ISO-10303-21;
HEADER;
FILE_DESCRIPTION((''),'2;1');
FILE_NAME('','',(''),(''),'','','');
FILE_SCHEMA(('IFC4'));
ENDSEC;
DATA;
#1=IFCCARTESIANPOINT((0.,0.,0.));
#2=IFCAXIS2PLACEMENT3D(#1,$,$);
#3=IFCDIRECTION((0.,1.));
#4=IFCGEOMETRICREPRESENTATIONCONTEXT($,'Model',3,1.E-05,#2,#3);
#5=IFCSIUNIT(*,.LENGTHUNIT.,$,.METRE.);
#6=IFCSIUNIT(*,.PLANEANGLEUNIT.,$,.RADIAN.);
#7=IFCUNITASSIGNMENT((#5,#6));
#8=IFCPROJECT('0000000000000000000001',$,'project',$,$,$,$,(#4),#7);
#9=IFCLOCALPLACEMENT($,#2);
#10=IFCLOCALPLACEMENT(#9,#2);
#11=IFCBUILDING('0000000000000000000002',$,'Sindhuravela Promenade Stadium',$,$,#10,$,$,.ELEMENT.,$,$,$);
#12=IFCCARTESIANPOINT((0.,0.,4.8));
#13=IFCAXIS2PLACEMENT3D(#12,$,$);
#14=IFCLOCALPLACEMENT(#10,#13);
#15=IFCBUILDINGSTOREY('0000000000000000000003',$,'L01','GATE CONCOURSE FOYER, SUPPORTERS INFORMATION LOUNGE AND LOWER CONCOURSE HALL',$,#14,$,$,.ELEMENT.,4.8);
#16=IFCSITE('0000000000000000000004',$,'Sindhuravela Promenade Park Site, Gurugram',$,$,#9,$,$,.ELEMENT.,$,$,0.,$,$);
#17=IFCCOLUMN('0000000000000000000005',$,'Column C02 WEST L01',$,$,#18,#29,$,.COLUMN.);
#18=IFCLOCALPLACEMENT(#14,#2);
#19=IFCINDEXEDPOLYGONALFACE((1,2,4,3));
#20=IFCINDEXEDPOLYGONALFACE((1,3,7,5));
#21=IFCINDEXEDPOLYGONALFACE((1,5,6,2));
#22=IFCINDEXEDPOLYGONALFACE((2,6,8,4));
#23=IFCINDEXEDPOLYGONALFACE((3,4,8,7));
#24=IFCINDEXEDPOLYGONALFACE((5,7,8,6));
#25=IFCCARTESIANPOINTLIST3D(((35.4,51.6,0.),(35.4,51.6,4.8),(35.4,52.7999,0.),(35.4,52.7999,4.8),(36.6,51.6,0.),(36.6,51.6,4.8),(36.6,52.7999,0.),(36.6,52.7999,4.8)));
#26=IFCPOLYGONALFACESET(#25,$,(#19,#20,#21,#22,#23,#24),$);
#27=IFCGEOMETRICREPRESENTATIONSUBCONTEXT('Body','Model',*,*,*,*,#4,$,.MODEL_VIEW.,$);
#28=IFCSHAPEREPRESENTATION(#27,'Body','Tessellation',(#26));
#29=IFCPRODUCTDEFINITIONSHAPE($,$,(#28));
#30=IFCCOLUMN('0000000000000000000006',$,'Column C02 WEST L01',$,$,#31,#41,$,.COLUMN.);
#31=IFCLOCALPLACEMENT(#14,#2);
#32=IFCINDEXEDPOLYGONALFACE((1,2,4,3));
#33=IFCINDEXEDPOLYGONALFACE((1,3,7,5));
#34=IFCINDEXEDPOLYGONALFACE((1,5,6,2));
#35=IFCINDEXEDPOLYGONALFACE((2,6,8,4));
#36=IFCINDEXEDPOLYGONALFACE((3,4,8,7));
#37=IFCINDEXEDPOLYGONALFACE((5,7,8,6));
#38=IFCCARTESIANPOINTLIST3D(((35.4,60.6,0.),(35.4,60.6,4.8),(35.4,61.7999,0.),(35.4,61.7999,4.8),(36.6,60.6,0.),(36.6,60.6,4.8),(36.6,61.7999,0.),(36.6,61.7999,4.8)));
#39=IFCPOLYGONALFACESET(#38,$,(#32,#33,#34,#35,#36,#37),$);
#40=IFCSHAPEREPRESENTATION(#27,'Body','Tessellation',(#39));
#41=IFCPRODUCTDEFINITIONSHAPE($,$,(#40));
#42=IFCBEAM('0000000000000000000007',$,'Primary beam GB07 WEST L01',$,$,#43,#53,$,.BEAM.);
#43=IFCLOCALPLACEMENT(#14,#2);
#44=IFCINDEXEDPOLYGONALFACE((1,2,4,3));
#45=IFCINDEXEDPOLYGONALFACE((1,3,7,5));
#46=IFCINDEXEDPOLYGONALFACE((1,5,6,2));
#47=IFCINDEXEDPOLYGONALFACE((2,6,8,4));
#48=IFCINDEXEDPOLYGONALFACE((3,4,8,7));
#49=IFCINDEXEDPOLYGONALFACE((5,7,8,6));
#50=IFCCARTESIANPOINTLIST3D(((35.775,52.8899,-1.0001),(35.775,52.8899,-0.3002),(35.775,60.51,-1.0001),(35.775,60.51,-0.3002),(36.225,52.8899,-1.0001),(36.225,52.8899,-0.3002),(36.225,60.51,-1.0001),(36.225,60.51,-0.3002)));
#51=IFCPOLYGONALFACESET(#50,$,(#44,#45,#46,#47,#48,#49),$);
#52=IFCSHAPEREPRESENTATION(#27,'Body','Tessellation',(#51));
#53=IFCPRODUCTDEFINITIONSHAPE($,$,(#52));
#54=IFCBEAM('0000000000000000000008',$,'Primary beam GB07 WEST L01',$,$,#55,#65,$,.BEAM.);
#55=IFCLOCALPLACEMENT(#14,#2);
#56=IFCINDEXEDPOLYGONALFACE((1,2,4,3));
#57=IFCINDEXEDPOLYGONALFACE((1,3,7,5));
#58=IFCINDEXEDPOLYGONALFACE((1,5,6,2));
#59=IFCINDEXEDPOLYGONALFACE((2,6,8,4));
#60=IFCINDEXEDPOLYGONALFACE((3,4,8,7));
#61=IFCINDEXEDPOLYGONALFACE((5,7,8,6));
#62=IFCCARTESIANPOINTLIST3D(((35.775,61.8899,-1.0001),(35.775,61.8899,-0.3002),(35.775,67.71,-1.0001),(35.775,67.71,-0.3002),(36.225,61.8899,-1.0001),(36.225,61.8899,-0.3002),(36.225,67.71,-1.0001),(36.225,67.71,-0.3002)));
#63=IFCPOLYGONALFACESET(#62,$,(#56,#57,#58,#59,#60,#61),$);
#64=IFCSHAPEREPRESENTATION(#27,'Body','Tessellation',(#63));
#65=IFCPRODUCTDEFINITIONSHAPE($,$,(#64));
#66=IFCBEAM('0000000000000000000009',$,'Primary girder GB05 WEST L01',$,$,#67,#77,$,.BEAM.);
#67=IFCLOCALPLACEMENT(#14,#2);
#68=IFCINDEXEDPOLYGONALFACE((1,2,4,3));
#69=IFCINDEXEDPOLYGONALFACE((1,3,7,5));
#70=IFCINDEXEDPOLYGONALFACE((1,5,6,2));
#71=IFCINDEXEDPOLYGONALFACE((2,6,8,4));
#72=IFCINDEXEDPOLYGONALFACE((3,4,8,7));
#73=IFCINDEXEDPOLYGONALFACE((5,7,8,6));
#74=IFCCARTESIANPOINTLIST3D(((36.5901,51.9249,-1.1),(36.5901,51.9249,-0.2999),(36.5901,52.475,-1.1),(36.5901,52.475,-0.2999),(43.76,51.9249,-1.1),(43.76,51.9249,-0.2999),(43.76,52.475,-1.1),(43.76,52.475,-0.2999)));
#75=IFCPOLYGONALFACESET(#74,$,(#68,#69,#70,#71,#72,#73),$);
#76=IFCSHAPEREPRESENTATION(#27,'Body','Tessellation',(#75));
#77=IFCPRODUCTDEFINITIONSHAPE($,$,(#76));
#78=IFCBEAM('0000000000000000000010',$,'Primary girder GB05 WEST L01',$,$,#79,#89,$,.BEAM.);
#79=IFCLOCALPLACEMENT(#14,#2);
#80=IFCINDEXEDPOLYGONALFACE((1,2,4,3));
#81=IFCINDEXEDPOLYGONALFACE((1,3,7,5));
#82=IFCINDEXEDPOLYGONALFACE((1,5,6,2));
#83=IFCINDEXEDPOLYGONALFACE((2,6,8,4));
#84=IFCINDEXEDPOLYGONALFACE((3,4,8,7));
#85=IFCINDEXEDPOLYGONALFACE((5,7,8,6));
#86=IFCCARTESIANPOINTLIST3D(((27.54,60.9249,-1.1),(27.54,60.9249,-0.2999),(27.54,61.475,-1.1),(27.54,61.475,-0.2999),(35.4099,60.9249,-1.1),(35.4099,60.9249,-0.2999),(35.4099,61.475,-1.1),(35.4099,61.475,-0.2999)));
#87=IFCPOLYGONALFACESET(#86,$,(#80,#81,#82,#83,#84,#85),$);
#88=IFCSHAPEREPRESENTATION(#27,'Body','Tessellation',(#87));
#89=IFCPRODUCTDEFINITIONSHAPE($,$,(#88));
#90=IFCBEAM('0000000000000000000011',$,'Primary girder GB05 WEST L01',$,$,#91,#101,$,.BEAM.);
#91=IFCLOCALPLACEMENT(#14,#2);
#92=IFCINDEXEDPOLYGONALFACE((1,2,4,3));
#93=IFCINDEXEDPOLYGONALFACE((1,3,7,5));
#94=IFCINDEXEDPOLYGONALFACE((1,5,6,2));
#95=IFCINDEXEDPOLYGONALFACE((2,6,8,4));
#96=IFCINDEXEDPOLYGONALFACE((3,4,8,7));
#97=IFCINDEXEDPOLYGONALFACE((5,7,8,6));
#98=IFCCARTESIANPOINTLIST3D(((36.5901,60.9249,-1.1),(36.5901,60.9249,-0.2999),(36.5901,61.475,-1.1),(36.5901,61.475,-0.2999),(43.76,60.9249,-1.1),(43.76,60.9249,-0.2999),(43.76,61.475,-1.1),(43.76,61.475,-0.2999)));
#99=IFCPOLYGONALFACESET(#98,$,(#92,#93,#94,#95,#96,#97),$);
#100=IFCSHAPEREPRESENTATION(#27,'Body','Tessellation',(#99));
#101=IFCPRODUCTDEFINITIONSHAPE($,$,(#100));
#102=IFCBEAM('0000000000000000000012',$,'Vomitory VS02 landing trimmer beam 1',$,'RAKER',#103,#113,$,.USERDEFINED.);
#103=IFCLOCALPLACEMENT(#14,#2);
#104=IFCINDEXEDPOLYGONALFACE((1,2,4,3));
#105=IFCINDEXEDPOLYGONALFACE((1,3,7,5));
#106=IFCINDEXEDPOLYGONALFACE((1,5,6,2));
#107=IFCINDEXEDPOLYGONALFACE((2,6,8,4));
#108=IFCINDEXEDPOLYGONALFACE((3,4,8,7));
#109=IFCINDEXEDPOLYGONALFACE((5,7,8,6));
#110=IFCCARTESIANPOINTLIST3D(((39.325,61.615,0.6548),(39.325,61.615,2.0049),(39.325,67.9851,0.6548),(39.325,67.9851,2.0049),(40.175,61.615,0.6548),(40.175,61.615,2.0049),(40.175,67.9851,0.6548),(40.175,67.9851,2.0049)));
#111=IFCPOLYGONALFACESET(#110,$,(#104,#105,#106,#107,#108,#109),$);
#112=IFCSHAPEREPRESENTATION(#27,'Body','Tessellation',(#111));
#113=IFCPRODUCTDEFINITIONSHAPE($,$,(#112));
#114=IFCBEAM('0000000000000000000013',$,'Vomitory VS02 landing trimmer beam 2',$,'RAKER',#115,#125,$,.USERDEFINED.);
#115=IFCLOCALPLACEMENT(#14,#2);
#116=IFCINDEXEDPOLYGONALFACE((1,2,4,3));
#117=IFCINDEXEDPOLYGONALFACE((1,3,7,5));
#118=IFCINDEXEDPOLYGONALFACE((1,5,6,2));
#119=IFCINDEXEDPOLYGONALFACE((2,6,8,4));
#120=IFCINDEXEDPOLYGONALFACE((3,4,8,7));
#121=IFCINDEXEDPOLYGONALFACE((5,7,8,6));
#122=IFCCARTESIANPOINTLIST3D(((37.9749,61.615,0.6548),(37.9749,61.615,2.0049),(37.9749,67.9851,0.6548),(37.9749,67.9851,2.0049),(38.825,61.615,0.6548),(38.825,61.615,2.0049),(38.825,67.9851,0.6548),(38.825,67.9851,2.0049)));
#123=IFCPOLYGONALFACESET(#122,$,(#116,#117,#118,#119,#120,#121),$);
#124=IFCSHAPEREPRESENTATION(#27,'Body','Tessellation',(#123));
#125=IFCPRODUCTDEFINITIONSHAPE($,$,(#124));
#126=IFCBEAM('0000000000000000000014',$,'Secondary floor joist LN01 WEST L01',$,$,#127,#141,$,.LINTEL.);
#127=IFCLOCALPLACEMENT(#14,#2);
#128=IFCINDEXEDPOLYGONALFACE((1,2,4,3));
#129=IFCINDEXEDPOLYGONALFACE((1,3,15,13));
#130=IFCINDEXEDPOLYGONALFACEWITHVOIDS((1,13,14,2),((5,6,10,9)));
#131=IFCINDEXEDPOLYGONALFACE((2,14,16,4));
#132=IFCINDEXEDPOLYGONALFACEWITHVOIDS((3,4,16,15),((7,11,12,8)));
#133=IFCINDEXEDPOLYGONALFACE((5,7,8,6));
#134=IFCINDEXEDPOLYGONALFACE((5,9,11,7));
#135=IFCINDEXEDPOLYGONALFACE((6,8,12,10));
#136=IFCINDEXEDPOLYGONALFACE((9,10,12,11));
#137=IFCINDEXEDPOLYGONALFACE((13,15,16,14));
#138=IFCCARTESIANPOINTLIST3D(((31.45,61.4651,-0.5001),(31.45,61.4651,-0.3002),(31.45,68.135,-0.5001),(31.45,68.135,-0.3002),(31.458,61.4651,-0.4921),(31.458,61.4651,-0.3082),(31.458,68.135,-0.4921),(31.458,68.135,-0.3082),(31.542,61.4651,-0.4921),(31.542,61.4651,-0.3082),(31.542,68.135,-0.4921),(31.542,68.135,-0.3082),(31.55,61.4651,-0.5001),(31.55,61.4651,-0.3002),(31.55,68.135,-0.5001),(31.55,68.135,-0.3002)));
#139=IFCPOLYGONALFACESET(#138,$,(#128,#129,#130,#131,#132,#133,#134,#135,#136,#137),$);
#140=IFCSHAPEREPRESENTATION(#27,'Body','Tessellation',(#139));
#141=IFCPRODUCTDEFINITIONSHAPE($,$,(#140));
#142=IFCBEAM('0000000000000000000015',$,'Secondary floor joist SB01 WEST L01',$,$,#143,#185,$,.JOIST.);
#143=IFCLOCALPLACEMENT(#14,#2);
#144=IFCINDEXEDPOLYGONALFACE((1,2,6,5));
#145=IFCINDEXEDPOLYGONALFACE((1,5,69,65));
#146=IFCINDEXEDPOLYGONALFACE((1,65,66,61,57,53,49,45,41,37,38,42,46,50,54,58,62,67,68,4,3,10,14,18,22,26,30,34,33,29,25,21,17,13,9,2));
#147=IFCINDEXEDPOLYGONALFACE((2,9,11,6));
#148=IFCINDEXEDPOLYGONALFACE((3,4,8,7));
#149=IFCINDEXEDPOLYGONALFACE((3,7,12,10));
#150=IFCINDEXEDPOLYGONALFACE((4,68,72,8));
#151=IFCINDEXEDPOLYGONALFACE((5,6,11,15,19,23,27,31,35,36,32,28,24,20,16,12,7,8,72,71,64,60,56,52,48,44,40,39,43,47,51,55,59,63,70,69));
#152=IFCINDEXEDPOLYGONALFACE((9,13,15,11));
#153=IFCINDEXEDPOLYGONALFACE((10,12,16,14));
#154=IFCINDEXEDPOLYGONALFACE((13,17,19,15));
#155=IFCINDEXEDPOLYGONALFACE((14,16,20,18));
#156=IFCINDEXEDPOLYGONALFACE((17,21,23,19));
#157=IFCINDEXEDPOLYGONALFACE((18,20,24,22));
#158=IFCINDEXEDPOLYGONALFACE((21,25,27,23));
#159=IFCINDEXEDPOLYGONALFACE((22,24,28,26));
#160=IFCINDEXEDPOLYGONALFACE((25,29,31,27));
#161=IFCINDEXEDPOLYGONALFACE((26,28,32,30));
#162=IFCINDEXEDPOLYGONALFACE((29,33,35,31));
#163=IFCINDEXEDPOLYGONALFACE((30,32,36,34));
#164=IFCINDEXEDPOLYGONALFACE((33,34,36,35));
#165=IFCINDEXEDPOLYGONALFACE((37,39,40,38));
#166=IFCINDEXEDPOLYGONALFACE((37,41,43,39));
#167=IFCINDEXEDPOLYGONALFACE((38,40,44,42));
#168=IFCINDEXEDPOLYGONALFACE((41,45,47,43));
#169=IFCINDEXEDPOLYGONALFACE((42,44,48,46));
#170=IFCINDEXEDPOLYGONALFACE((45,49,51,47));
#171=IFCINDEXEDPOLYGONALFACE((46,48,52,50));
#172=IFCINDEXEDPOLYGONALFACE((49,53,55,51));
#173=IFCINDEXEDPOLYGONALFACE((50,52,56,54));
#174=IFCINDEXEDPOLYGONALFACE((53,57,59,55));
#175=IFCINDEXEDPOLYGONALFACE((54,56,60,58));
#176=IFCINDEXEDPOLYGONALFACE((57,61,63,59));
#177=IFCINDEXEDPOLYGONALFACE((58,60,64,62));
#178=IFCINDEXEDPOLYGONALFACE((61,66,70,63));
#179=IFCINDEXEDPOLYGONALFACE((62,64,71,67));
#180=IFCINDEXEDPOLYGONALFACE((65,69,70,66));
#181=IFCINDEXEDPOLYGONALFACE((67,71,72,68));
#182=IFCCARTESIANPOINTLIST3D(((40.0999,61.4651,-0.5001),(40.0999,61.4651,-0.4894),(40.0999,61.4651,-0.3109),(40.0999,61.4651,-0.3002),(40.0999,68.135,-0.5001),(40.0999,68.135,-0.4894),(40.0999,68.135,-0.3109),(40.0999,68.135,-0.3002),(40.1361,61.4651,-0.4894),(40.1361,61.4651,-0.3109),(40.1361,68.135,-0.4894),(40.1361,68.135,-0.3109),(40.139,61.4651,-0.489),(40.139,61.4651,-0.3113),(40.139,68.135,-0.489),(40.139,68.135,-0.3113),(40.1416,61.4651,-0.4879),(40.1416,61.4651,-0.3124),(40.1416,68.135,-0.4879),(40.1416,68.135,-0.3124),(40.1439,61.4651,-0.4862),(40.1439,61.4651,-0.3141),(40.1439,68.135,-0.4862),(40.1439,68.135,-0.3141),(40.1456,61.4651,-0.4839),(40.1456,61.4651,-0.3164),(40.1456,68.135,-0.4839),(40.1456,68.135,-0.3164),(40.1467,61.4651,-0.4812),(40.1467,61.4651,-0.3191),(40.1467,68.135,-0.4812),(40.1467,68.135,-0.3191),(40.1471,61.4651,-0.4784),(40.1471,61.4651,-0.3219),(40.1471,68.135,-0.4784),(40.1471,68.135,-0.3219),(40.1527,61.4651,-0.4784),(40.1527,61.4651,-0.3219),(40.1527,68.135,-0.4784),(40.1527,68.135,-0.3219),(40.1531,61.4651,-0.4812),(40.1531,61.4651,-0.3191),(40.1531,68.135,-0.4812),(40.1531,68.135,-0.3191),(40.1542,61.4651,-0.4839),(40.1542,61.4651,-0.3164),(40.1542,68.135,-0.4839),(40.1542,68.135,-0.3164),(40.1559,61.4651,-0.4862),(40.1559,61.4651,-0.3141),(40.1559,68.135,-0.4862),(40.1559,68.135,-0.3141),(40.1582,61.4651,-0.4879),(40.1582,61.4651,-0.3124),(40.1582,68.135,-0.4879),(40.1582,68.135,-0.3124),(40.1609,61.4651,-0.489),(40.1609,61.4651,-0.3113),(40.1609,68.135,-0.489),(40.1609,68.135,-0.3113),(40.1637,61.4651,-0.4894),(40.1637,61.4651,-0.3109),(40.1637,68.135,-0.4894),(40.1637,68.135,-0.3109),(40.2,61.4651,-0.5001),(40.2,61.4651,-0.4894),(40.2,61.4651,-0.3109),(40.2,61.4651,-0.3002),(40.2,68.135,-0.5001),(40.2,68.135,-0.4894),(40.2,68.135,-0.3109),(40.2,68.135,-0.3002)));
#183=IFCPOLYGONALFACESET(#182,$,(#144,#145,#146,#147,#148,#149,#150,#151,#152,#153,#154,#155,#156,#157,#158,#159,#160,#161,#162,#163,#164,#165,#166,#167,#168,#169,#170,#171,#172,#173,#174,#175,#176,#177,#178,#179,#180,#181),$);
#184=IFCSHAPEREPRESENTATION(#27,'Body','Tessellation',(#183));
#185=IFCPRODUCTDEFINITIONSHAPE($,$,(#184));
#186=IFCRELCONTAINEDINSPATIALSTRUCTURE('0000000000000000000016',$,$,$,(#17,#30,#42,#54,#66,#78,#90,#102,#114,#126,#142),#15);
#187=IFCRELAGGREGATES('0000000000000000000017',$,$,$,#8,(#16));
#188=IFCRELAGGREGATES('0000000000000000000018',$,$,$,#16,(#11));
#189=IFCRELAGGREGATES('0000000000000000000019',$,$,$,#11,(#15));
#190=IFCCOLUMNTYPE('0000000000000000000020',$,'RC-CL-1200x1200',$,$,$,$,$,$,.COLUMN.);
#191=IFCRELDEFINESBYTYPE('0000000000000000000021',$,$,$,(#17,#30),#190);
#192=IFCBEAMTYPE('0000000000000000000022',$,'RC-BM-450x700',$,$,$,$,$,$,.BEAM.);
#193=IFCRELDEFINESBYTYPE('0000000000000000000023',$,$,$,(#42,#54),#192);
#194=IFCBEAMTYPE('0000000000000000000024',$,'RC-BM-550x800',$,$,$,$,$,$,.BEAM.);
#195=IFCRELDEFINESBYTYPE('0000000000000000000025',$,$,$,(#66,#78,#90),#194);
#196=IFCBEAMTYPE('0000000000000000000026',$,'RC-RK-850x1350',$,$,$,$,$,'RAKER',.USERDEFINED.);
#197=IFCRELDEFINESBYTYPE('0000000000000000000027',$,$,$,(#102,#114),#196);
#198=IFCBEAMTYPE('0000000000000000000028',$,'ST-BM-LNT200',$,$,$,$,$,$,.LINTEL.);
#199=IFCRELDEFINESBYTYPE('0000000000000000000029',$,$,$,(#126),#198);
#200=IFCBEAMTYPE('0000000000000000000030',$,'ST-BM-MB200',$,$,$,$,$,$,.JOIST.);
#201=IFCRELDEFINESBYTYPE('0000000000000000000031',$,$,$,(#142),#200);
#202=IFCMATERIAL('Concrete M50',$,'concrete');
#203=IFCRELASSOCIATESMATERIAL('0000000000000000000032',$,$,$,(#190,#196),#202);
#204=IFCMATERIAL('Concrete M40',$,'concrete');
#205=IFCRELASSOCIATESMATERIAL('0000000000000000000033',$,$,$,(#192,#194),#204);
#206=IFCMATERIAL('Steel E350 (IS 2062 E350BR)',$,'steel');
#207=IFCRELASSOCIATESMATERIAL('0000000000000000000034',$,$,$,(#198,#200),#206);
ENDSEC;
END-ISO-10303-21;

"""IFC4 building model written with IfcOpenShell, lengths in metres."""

from ifc_helpers import new_model, si_unit, direction, frame, origin, origin_2d, place, context, subcontext, project, spatial, rectangle, hollow_rectangle, i_section, extrude, material, material_profile, profile_set, type_object, element, save


model = new_model("IFC4")

# Units and contexts
model_context = context("Model", 3, precision=1e-05, world=origin(), true_north=direction((0.0, 1.0)))
body_context = subcontext(model_context, "Body", "Model", "MODEL_VIEW")
ifc_project = project(units=[si_unit("LENGTHUNIT", "METRE"), si_unit("PLANEANGLEUNIT", "RADIAN")], contexts=[model_context])

# Site, building, storey
site_placement = place(None, origin())
site = spatial("IfcSite", under=ifc_project, at=site_placement, Name="Sindhuravela Promenade Park Site, Gurugram", CompositionType="ELEMENT", RefElevation=0.0)
building_placement = place(site_placement, origin())
building = spatial("IfcBuilding", under=site, at=building_placement, Name="Sindhuravela Promenade Stadium", CompositionType="ELEMENT")
storey_placement = place(building_placement, frame((0.0, 0.0, 4.8)))
storey = spatial("IfcBuildingStorey", under=building, at=storey_placement, Name="L01", Description="GATE CONCOURSE FOYER, SUPPORTERS INFORMATION LOUNGE AND LOWER CONCOURSE HALL", CompositionType="ELEMENT", Elevation=4.8)

# Columns
ifc_material_1 = material(Name="Concrete M50", Category="concrete")
ifc_material_profile_1 = material_profile(ifc_material_1, rectangle(XDim=1.2, YDim=1.2, at=origin_2d()), Name="RC 1200x1200")
ifc_profile_set_1 = profile_set([ifc_material_profile_1], Name="Concrete M50")
column_type = type_object("IfcColumnType", Name="RC-CL-1200x1200", PredefinedType="COLUMN", material=ifc_profile_set_1)
for number, where, z_axis, x_axis, name in (
    (1, (36.0, 52.2, 0.0), (0.0, 0.0, 1.0), (1.0, 0.0, 0.0), "Column C02 WEST L01"),
    (2, (36.0, 61.2, 0.0), (0.0, 0.0, 1.0), (1.0, 0.0, 0.0), "Column C02 WEST L01"),
):
    element("IfcColumn", number, at=place(storey_placement, frame(where, z_axis=z_axis, x_axis=x_axis)), inside=storey, type_object=column_type, Name=name, PredefinedType="COLUMN", context=body_context, shape_type="SweptSolid", body=[
        extrude(rectangle(XDim=1.2, YDim=1.2, at=origin_2d()), origin(), (0.0, 0.0, 1.0), 4.8),
    ])

# Beams
ifc_material_2 = material(Name="Concrete M40", Category="concrete")
ifc_material_profile_2 = material_profile(ifc_material_2, rectangle(XDim=0.45, YDim=0.7, at=origin_2d()), Name="RC 450x700")
ifc_profile_set_2 = profile_set([ifc_material_profile_2], Name="Concrete M40")
beam_type_1 = type_object("IfcBeamType", Name="RC-BM-450x700", PredefinedType="BEAM", material=ifc_profile_set_2)
beam_1_placement = place(storey_placement, frame((36.0, 52.8899, -0.6501), z_axis=(0.0, 1.0, 0.0), x_axis=(-1.0, 0.0, 0.0)))
element("IfcBeam", 3, at=beam_1_placement, inside=storey, type_object=beam_type_1, Name="Primary beam GB07 WEST L01", PredefinedType="BEAM", context=body_context, shape_type="SweptSolid", body=[
    extrude(rectangle(XDim=0.45, YDim=0.7, at=origin_2d()), origin(), (0.0, 0.0, 1.0), 7.6201),
])
beam_2_placement = place(storey_placement, frame((36.0, 61.8899, -0.6501), z_axis=(0.0, 1.0, 0.0), x_axis=(-1.0, 0.0, 0.0)))
element("IfcBeam", 4, at=beam_2_placement, inside=storey, type_object=beam_type_1, Name="Primary beam GB07 WEST L01", PredefinedType="BEAM", context=body_context, shape_type="SweptSolid", body=[
    extrude(rectangle(XDim=0.45, YDim=0.7, at=origin_2d()), origin(), (0.0, 0.0, 1.0), 5.8201),
])
ifc_material_profile_3 = material_profile(ifc_material_2, rectangle(XDim=0.55, YDim=0.8, at=origin_2d()), Name="RC 550x800")
ifc_profile_set_3 = profile_set([ifc_material_profile_3], Name="Concrete M40")
beam_type_2 = type_object("IfcBeamType", Name="RC-BM-550x800", PredefinedType="BEAM", material=ifc_profile_set_3)
beam_3_placement = place(storey_placement, frame((36.5901, 52.2, -0.7), z_axis=(1.0, 0.0, 0.0), x_axis=(0.0, 1.0, 0.0)))
element("IfcBeam", 5, at=beam_3_placement, inside=storey, type_object=beam_type_2, Name="Primary girder GB05 WEST L01", PredefinedType="BEAM", context=body_context, shape_type="SweptSolid", body=[
    extrude(rectangle(XDim=0.55, YDim=0.8, at=origin_2d()), origin(), (0.0, 0.0, 1.0), 7.1699),
])
beam_4_placement = place(storey_placement, frame((27.54, 61.2, -0.7), z_axis=(1.0, 0.0, 0.0), x_axis=(0.0, 1.0, 0.0)))
element("IfcBeam", 6, at=beam_4_placement, inside=storey, type_object=beam_type_2, Name="Primary girder GB05 WEST L01", PredefinedType="BEAM", context=body_context, shape_type="SweptSolid", body=[
    extrude(rectangle(XDim=0.55, YDim=0.8, at=origin_2d()), origin(), (0.0, 0.0, 1.0), 7.8699),
])
beam_5_placement = place(storey_placement, frame((36.5901, 61.2, -0.7), z_axis=(1.0, 0.0, 0.0), x_axis=(0.0, 1.0, 0.0)))
element("IfcBeam", 7, at=beam_5_placement, inside=storey, type_object=beam_type_2, Name="Primary girder GB05 WEST L01", PredefinedType="BEAM", context=body_context, shape_type="SweptSolid", body=[
    extrude(rectangle(XDim=0.55, YDim=0.8, at=origin_2d()), origin(), (0.0, 0.0, 1.0), 7.1699),
])
ifc_material_profile_4 = material_profile(ifc_material_1, rectangle(XDim=0.8501, YDim=1.3501, at=origin_2d()), Name="RC 850x1350")
ifc_profile_set_4 = profile_set([ifc_material_profile_4], Name="Concrete M50")
beam_type_3 = type_object("IfcBeamType", Name="RC-RK-850x1350", ElementType="RAKER", PredefinedType="USERDEFINED", material=ifc_profile_set_4)
for number, where, z_axis, x_axis, name in (
    (8, (39.75, 61.615, 1.3298), (0.0, 1.0, 0.0), (-1.0, 0.0, 0.0), "Vomitory VS02 landing trimmer beam 1"),
    (9, (38.3999, 61.615, 1.3298), (0.0, 1.0, 0.0), (-1.0, 0.0, 0.0), "Vomitory VS02 landing trimmer beam 2"),
):
    element("IfcBeam", number, at=place(storey_placement, frame(where, z_axis=z_axis, x_axis=x_axis)), inside=storey, type_object=beam_type_3, Name=name, ObjectType="RAKER", PredefinedType="USERDEFINED", context=body_context, shape_type="SweptSolid", body=[
        extrude(rectangle(XDim=0.8501, YDim=1.3501, at=origin_2d()), origin(), (0.0, 0.0, 1.0), 6.3701),
    ])
ifc_material_3 = material(Name="Steel E350 (IS 2062 E350BR)", Category="steel")
ifc_material_profile_5 = material_profile(ifc_material_3, hollow_rectangle(XDim=0.1001, YDim=0.2, WallThickness=0.0081, at=origin_2d()), Name="RHS 200x100x8")
ifc_profile_set_5 = profile_set([ifc_material_profile_5], Name="Steel E350 (IS 2062 E350BR)")
beam_type_4 = type_object("IfcBeamType", Name="ST-BM-LNT200", PredefinedType="LINTEL", material=ifc_profile_set_5)
beam_6_placement = place(storey_placement, frame((31.5, 61.4651, -0.4001), z_axis=(0.0, 1.0, 0.0), x_axis=(-1.0, 0.0, 0.0)))
element("IfcBeam", 10, at=beam_6_placement, inside=storey, type_object=beam_type_4, Name="Secondary floor joist LN01 WEST L01", PredefinedType="LINTEL", context=body_context, shape_type="SweptSolid", body=[
    extrude(hollow_rectangle(XDim=0.1001, YDim=0.2, WallThickness=0.0081, at=origin_2d()), origin(), (0.0, 0.0, 1.0), 6.6699),
])
ifc_material_profile_6 = material_profile(ifc_material_3, i_section(OverallWidth=0.1001, OverallDepth=0.2, WebThickness=0.0056, FlangeThickness=0.0107, FilletRadius=0.011, at=origin_2d()), Name="ISMB 200")
ifc_profile_set_6 = profile_set([ifc_material_profile_6], Name="Steel E350 (IS 2062 E350BR)")
beam_type_5 = type_object("IfcBeamType", Name="ST-BM-MB200", PredefinedType="JOIST", material=ifc_profile_set_6)
beam_7_placement = place(storey_placement, frame((40.1499, 61.4651, -0.4001), z_axis=(0.0, 1.0, 0.0), x_axis=(-1.0, 0.0, 0.0)))
element("IfcBeam", 11, at=beam_7_placement, inside=storey, type_object=beam_type_5, Name="Secondary floor joist SB01 WEST L01", PredefinedType="JOIST", context=body_context, shape_type="SweptSolid", body=[
    extrude(i_section(OverallWidth=0.1001, OverallDepth=0.2, WebThickness=0.0056, FlangeThickness=0.0107, FilletRadius=0.011, at=origin_2d()), origin(), (0.0, 0.0, 1.0), 6.6699),
])

save(model, "model.ifc")
